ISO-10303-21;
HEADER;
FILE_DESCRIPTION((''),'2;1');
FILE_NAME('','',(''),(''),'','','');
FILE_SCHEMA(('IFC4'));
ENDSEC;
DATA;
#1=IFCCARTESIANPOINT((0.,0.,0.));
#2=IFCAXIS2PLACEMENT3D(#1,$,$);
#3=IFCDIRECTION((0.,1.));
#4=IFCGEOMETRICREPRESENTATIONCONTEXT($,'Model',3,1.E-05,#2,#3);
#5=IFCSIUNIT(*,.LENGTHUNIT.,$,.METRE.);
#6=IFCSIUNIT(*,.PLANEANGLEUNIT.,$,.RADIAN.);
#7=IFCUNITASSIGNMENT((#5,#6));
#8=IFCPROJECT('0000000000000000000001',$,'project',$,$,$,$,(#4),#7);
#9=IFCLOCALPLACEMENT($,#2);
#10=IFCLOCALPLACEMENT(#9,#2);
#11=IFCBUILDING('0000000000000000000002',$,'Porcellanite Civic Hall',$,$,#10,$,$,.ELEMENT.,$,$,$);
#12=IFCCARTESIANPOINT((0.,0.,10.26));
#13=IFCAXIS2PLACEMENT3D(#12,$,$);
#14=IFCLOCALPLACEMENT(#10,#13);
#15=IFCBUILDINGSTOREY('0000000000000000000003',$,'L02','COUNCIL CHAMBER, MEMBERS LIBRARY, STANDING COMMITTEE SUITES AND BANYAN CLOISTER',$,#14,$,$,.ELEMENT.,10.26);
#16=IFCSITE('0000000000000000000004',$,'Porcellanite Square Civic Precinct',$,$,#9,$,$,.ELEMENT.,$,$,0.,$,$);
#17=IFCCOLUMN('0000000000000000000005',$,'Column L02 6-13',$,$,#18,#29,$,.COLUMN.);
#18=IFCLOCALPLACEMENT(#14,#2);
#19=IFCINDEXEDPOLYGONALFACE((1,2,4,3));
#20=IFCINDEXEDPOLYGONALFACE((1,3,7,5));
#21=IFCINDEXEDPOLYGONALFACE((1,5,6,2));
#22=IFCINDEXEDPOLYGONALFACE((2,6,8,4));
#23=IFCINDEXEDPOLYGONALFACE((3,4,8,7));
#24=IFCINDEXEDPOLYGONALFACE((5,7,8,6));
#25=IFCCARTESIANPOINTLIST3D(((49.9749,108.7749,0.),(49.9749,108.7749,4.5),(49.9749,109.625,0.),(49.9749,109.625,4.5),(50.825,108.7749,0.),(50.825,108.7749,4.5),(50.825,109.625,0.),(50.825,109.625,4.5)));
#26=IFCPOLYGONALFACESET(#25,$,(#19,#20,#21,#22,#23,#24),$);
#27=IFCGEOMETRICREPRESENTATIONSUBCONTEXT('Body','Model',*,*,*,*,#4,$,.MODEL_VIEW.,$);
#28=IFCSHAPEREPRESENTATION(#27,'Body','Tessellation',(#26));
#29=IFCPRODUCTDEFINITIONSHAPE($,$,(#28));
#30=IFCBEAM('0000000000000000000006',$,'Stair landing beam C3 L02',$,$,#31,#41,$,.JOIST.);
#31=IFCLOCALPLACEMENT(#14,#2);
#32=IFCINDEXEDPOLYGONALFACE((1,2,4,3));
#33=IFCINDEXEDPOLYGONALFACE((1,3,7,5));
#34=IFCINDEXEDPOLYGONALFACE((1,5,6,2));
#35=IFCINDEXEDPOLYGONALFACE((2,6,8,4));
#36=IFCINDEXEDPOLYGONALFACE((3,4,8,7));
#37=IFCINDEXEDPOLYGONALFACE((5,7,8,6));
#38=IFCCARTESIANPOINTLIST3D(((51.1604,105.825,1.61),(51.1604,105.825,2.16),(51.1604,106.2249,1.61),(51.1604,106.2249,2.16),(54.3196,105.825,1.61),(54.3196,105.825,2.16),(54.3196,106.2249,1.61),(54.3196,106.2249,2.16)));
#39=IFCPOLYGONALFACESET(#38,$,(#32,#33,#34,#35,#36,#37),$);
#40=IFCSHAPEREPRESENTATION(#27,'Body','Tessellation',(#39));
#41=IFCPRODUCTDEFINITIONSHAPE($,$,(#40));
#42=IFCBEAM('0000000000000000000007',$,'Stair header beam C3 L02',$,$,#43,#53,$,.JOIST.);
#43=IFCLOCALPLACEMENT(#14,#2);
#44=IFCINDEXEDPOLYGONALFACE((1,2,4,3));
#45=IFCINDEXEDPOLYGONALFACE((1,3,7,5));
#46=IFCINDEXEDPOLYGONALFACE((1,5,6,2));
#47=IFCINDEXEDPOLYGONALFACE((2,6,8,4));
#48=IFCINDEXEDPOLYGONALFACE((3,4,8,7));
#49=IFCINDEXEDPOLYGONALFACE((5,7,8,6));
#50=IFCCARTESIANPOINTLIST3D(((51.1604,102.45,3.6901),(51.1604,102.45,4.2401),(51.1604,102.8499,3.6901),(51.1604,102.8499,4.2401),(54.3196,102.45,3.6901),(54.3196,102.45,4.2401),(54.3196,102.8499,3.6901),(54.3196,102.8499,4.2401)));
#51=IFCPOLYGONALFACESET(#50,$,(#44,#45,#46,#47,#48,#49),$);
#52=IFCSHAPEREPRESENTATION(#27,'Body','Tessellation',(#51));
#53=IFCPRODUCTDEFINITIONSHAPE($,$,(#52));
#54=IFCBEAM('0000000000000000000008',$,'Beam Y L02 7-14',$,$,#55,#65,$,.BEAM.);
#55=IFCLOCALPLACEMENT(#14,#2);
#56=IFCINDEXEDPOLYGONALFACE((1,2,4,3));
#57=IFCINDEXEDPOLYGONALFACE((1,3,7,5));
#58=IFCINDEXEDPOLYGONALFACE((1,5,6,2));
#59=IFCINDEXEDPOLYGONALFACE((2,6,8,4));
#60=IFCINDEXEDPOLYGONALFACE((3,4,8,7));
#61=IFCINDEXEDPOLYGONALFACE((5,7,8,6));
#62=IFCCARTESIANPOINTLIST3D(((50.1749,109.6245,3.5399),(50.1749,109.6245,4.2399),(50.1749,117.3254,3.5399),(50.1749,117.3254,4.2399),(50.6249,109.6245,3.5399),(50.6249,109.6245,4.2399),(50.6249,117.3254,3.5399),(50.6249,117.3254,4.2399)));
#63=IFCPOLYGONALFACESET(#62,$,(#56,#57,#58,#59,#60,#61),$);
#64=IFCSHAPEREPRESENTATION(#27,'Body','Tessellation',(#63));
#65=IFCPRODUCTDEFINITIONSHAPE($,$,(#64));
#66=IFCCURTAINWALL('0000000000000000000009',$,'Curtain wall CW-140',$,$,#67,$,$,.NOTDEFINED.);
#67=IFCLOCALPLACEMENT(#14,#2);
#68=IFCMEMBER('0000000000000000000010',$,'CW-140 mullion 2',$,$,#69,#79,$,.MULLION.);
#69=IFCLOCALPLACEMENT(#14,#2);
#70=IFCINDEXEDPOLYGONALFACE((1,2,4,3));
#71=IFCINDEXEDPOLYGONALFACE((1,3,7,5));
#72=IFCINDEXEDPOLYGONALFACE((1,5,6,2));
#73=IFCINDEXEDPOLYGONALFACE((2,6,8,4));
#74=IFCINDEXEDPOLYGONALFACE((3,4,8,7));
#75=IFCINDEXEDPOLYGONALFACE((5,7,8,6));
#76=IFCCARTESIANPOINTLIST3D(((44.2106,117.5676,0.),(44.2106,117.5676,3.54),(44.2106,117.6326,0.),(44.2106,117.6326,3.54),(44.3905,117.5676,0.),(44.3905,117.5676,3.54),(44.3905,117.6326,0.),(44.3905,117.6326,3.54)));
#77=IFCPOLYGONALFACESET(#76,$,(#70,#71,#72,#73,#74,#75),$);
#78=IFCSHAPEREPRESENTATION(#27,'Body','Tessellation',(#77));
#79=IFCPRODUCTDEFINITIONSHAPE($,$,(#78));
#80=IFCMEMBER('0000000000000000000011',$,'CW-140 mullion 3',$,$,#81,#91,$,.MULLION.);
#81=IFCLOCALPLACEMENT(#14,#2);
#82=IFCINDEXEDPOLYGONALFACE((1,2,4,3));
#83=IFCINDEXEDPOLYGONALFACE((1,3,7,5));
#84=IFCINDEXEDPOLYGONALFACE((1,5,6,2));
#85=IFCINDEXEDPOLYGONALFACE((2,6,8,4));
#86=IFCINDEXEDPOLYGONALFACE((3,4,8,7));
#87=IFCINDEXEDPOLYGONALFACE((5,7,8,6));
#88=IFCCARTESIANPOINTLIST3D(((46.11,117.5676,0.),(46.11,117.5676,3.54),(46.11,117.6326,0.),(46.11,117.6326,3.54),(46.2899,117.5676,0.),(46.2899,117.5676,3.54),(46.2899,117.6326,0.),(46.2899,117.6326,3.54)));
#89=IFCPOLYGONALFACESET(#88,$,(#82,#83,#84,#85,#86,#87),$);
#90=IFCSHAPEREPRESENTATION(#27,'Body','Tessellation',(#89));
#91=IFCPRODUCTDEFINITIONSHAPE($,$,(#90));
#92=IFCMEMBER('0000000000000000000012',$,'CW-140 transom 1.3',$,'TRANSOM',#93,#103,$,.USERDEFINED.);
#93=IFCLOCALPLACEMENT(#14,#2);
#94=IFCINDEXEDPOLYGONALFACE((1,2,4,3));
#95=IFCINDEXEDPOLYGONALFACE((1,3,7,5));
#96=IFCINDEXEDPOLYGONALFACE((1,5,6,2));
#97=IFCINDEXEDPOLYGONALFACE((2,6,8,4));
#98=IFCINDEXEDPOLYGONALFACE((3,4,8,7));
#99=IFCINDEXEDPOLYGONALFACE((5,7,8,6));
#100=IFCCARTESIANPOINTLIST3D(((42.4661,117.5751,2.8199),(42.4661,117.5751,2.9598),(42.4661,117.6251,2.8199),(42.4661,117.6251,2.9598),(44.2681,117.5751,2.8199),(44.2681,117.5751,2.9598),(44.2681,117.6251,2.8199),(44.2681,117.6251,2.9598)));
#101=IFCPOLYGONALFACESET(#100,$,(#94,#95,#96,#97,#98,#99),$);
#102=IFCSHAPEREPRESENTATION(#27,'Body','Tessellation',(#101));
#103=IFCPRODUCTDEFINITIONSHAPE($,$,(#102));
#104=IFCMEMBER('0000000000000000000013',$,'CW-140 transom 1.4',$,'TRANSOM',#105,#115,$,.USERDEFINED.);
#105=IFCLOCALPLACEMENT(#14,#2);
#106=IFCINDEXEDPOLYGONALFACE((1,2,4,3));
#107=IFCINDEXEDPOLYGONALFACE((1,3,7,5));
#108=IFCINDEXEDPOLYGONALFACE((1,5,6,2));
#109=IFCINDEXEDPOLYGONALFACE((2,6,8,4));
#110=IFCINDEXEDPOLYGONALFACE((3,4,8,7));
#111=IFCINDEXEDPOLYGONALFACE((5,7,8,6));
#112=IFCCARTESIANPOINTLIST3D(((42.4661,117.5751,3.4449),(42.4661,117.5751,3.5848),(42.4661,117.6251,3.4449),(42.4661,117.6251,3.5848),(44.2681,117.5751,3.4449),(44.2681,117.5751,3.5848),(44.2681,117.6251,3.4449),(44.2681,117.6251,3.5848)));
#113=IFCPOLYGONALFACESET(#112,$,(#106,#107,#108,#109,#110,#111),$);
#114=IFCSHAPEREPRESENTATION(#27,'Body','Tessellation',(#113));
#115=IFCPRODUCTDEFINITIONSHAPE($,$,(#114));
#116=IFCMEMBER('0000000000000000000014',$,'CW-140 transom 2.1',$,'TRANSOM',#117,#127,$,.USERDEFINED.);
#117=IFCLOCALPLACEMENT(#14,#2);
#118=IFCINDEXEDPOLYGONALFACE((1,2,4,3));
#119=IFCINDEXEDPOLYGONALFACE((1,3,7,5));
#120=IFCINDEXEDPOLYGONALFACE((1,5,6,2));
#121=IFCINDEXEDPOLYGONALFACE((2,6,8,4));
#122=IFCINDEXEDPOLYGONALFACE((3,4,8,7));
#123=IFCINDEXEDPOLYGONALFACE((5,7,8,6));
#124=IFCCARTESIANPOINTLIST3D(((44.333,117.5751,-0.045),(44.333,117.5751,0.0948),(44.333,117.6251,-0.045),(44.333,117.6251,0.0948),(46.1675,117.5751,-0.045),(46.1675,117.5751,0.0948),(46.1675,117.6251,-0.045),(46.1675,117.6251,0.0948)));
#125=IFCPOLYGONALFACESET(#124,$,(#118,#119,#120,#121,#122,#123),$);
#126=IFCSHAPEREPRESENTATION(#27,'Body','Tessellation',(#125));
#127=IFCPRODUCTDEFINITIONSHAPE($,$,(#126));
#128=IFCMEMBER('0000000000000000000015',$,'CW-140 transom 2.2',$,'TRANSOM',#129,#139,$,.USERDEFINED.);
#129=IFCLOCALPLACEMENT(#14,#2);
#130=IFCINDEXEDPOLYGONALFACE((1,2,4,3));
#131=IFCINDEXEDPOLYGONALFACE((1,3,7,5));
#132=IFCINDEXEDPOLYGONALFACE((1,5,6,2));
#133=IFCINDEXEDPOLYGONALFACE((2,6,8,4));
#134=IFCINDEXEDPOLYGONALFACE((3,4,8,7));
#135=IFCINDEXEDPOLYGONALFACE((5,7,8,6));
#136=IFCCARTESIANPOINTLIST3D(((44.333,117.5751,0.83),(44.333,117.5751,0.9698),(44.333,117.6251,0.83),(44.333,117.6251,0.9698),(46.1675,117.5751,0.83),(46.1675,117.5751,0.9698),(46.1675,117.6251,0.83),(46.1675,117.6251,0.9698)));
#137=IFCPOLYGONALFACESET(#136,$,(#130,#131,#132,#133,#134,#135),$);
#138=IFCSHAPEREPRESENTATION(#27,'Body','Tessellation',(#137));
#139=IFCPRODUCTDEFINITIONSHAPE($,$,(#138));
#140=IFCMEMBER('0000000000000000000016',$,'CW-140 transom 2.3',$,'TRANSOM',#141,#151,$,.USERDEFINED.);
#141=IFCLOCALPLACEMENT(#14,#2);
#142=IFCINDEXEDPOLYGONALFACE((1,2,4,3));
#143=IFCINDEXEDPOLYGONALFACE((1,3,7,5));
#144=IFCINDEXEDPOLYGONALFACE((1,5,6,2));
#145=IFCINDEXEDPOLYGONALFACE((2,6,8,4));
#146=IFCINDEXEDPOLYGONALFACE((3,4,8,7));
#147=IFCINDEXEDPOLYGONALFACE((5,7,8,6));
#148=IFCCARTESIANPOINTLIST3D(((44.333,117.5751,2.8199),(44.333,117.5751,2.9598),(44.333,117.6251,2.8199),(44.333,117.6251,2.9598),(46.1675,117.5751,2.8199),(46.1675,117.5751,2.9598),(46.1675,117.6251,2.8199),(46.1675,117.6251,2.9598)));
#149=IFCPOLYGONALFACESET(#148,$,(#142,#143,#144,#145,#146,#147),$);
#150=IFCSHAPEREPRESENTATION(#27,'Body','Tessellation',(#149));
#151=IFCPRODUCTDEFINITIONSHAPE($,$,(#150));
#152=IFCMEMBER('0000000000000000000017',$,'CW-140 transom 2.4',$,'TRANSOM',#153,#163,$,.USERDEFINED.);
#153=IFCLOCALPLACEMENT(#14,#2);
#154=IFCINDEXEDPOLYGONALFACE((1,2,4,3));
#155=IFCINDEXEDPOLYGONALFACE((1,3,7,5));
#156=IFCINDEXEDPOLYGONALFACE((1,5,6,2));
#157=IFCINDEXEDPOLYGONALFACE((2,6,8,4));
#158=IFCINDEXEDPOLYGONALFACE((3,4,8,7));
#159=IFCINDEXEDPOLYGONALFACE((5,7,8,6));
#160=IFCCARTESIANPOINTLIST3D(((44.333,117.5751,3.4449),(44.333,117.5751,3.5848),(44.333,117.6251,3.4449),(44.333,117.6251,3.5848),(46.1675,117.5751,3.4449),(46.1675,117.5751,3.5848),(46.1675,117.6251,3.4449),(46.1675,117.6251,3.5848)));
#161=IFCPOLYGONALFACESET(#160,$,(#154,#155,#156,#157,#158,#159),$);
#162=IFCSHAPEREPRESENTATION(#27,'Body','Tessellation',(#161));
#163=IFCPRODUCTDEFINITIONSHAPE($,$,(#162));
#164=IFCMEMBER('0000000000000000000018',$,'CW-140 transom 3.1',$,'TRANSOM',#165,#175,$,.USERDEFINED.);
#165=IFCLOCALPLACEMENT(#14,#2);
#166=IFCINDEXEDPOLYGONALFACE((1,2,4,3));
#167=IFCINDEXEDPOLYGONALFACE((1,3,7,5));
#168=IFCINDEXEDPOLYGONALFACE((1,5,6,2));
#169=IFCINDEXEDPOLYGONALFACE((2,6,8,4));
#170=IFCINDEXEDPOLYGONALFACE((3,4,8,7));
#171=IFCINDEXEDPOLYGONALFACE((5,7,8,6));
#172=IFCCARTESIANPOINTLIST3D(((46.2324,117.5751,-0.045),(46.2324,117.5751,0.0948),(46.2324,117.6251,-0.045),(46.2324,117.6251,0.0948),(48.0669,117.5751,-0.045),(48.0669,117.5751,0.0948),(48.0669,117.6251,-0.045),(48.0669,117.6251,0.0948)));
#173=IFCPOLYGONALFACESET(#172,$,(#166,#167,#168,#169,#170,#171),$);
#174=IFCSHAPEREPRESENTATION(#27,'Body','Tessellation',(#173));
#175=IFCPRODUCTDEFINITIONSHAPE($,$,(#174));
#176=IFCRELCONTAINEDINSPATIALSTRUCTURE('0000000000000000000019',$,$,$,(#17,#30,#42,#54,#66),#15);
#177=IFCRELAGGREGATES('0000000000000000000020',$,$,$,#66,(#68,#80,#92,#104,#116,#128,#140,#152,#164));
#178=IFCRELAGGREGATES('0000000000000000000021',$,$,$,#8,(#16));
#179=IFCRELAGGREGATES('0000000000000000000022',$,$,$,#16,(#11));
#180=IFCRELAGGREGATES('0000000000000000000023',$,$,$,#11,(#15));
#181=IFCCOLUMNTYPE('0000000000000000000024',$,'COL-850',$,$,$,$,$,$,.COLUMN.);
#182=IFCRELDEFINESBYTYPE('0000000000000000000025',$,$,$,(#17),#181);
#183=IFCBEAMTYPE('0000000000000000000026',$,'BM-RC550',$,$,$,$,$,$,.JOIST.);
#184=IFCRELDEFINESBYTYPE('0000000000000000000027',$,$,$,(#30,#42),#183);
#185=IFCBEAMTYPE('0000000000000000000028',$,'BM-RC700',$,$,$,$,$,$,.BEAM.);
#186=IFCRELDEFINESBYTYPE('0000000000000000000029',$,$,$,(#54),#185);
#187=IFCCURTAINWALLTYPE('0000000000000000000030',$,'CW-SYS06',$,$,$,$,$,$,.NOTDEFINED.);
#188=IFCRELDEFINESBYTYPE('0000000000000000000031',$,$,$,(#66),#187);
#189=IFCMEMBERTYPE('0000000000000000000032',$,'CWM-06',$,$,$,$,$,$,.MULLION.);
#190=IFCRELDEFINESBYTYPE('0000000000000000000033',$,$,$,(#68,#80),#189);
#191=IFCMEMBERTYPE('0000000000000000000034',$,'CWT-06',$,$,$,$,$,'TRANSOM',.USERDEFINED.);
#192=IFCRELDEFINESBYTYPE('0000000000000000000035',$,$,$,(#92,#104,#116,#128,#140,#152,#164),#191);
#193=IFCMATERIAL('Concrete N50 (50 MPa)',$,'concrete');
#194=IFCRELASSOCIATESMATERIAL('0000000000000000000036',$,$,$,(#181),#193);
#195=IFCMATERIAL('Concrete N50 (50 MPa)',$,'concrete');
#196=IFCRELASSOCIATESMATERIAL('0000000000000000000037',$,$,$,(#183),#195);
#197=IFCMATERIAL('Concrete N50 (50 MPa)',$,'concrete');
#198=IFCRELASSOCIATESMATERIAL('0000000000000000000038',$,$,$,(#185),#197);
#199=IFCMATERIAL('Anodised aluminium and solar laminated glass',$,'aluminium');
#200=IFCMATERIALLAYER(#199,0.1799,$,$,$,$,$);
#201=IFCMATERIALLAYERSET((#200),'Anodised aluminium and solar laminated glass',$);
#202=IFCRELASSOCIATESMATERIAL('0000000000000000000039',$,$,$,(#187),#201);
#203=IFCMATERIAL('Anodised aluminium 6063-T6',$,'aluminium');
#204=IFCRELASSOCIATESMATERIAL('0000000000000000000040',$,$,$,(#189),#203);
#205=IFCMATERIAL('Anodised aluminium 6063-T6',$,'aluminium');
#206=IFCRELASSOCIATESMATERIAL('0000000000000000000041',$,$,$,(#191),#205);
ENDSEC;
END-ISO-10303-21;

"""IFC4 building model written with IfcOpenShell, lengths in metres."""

from ifc_helpers import new_model, si_unit, direction, frame, origin, origin_2d, place, context, subcontext, project, spatial, rectangle, extrude, material, layer, layer_set, material_profile, profile_set, type_object, element, aggregate, save


model = new_model("IFC4")

# Units and contexts
model_context = context("Model", 3, precision=1e-05, world=origin(), true_north=direction((0.0, 1.0)))
body_context = subcontext(model_context, "Body", "Model", "MODEL_VIEW")
ifc_project = project(units=[si_unit("LENGTHUNIT", "METRE"), si_unit("PLANEANGLEUNIT", "RADIAN")], contexts=[model_context])

# Site, building, storey
site_placement = place(None, origin())
site = spatial("IfcSite", under=ifc_project, at=site_placement, Name="Porcellanite Square Civic Precinct", CompositionType="ELEMENT", RefElevation=0.0)
building_placement = place(site_placement, origin())
building = spatial("IfcBuilding", under=site, at=building_placement, Name="Porcellanite Civic Hall", CompositionType="ELEMENT")
storey_placement = place(building_placement, frame((0.0, 0.0, 10.26)))
storey = spatial("IfcBuildingStorey", under=building, at=storey_placement, Name="L02", Description="COUNCIL CHAMBER, MEMBERS LIBRARY, STANDING COMMITTEE SUITES AND BANYAN CLOISTER", CompositionType="ELEMENT", Elevation=10.26)

# Column
ifc_material_1 = material(Name="Concrete N50 (50 MPa)", Category="concrete")
ifc_material_profile_1 = material_profile(ifc_material_1, rectangle(XDim=0.8501, YDim=0.8501, at=origin_2d()), Name="RC-850x850")
ifc_profile_set_1 = profile_set([ifc_material_profile_1], Name="Concrete N50 (50 MPa)")
column_type = type_object("IfcColumnType", Name="COL-850", PredefinedType="COLUMN", material=ifc_profile_set_1)
column_placement = place(storey_placement, frame((50.3999, 109.2, 0.0), z_axis=(0.0, 0.0, 1.0), x_axis=(1.0, 0.0, 0.0)))
element("IfcColumn", 1, at=column_placement, inside=storey, type_object=column_type, Name="Column L02 6-13", PredefinedType="COLUMN", context=body_context, shape_type="SweptSolid", body=[
    extrude(rectangle(XDim=0.8501, YDim=0.8501, at=origin_2d()), origin(), (0.0, 0.0, 1.0), 4.5),
])

# Beams
ifc_material_2 = material(Name="Concrete N50 (50 MPa)", Category="concrete")
ifc_material_profile_2 = material_profile(ifc_material_2, rectangle(XDim=0.3999, YDim=0.55, at=origin_2d()), Name="RC-400x550")
ifc_profile_set_2 = profile_set([ifc_material_profile_2], Name="Concrete N50 (50 MPa)")
beam_type_1 = type_object("IfcBeamType", Name="BM-RC550", PredefinedType="JOIST", material=ifc_profile_set_2)
for number, where, z_axis, x_axis, name in (
    (2, (51.1604, 106.0249, 1.885), (1.0, 0.0, 0.0), (0.0, 1.0, 0.0), "Stair landing beam C3 L02"),
    (3, (51.1604, 102.6499, 3.9651), (1.0, 0.0, 0.0), (0.0, 1.0, 0.0), "Stair header beam C3 L02"),
):
    element("IfcBeam", number, at=place(storey_placement, frame(where, z_axis=z_axis, x_axis=x_axis)), inside=storey, type_object=beam_type_1, Name=name, PredefinedType="JOIST", context=body_context, shape_type="SweptSolid", body=[
        extrude(rectangle(XDim=0.3999, YDim=0.55, at=origin_2d()), origin(), (0.0, 0.0, 1.0), 3.1592),
    ])
ifc_material_3 = material(Name="Concrete N50 (50 MPa)", Category="concrete")
ifc_material_profile_3 = material_profile(ifc_material_3, rectangle(XDim=0.45, YDim=0.7, at=origin_2d()), Name="RC-450x700")
ifc_profile_set_3 = profile_set([ifc_material_profile_3], Name="Concrete N50 (50 MPa)")
beam_type_2 = type_object("IfcBeamType", Name="BM-RC700", PredefinedType="BEAM", material=ifc_profile_set_3)
beam_1_placement = place(storey_placement, frame((50.3999, 109.6245, 3.8899), z_axis=(0.0, 1.0, 0.0), x_axis=(-1.0, 0.0, 0.0)))
element("IfcBeam", 4, at=beam_1_placement, inside=storey, type_object=beam_type_2, Name="Beam Y L02 7-14", PredefinedType="BEAM", context=body_context, shape_type="SweptSolid", body=[
    extrude(rectangle(XDim=0.45, YDim=0.7, at=origin_2d()), origin(), (0.0, 0.0, 1.0), 7.7009),
])

# Curtain wall, members
ifc_material_4 = material(Name="Anodised aluminium and solar laminated glass", Category="aluminium")
ifc_layer_1 = layer(ifc_material_4, 0.1799)
ifc_layer_set_1 = layer_set([ifc_layer_1], Name="Anodised aluminium and solar laminated glass")
curtain_wall_type = type_object("IfcCurtainWallType", Name="CW-SYS06", PredefinedType="NOTDEFINED", material=ifc_layer_set_1)
curtain_wall_placement = place(storey_placement, origin())
curtain_wall = element("IfcCurtainWall", 5, at=curtain_wall_placement, inside=storey, type_object=curtain_wall_type, Name="Curtain wall CW-140", PredefinedType="NOTDEFINED")
ifc_material_5 = material(Name="Anodised aluminium 6063-T6", Category="aluminium")
ifc_material_profile_4 = material_profile(ifc_material_5, rectangle(XDim=0.0649, YDim=0.1799, at=origin_2d()), Name="AL-65x180")
ifc_profile_set_4 = profile_set([ifc_material_profile_4], Name="Anodised aluminium 6063-T6")
member_type_1 = type_object("IfcMemberType", Name="CWM-06", PredefinedType="MULLION", material=ifc_profile_set_4)
member_1_placement = place(storey_placement, frame((44.3005, 117.6001, 0.0), z_axis=(0.0, 0.0, 1.0), x_axis=(0.0, 1.0, 0.0)))
member_1 = element("IfcMember", 6, at=member_1_placement, type_object=member_type_1, Name="CW-140 mullion 2", PredefinedType="MULLION", context=body_context, shape_type="SweptSolid", body=[
    extrude(rectangle(XDim=0.0649, YDim=0.1799, at=origin_2d()), origin(), (0.0, 0.0, 1.0), 3.54),
])
member_2_placement = place(storey_placement, frame((46.2, 117.6001, 0.0), z_axis=(0.0, 0.0, 1.0), x_axis=(0.0, 1.0, 0.0)))
member_2 = element("IfcMember", 7, at=member_2_placement, type_object=member_type_1, Name="CW-140 mullion 3", PredefinedType="MULLION", context=body_context, shape_type="SweptSolid", body=[
    extrude(rectangle(XDim=0.0649, YDim=0.1799, at=origin_2d()), origin(), (0.0, 0.0, 1.0), 3.54),
])
ifc_material_6 = material(Name="Anodised aluminium 6063-T6", Category="aluminium")
ifc_material_profile_5 = material_profile(ifc_material_6, rectangle(XDim=0.05, YDim=0.1399, at=origin_2d()), Name="AL-50x140")
ifc_profile_set_5 = profile_set([ifc_material_profile_5], Name="Anodised aluminium 6063-T6")
member_type_2 = type_object("IfcMemberType", Name="CWT-06", ElementType="TRANSOM", PredefinedType="USERDEFINED", material=ifc_profile_set_5)
member_3_placement = place(storey_placement, frame((42.4661, 117.6001, 2.8899), z_axis=(1.0, 0.0, 0.0), x_axis=(0.0, 1.0, 0.0)))
member_3 = element("IfcMember", 8, at=member_3_placement, type_object=member_type_2, Name="CW-140 transom 1.3", ObjectType="TRANSOM", PredefinedType="USERDEFINED", context=body_context, shape_type="SweptSolid", body=[
    extrude(rectangle(XDim=0.05, YDim=0.1399, at=origin_2d()), origin(), (0.0, 0.0, 1.0), 1.802),
])
member_4_placement = place(storey_placement, frame((42.4661, 117.6001, 3.5149), z_axis=(1.0, 0.0, 0.0), x_axis=(0.0, 1.0, 0.0)))
member_4 = element("IfcMember", 9, at=member_4_placement, type_object=member_type_2, Name="CW-140 transom 1.4", ObjectType="TRANSOM", PredefinedType="USERDEFINED", context=body_context, shape_type="SweptSolid", body=[
    extrude(rectangle(XDim=0.05, YDim=0.1399, at=origin_2d()), origin(), (0.0, 0.0, 1.0), 1.802),
])
member_5_placement = place(storey_placement, frame((44.333, 117.6001, 0.0249), z_axis=(1.0, 0.0, 0.0), x_axis=(0.0, 1.0, 0.0)))
member_5 = element("IfcMember", 10, at=member_5_placement, type_object=member_type_2, Name="CW-140 transom 2.1", ObjectType="TRANSOM", PredefinedType="USERDEFINED", context=body_context, shape_type="SweptSolid", body=[
    extrude(rectangle(XDim=0.05, YDim=0.1399, at=origin_2d()), origin(), (0.0, 0.0, 1.0), 1.8345),
])
member_6_placement = place(storey_placement, frame((44.333, 117.6001, 0.8999), z_axis=(1.0, 0.0, 0.0), x_axis=(0.0, 1.0, 0.0)))
member_6 = element("IfcMember", 11, at=member_6_placement, type_object=member_type_2, Name="CW-140 transom 2.2", ObjectType="TRANSOM", PredefinedType="USERDEFINED", context=body_context, shape_type="SweptSolid", body=[
    extrude(rectangle(XDim=0.05, YDim=0.1399, at=origin_2d()), origin(), (0.0, 0.0, 1.0), 1.8345),
])
member_7_placement = place(storey_placement, frame((44.333, 117.6001, 2.8899), z_axis=(1.0, 0.0, 0.0), x_axis=(0.0, 1.0, 0.0)))
member_7 = element("IfcMember", 12, at=member_7_placement, type_object=member_type_2, Name="CW-140 transom 2.3", ObjectType="TRANSOM", PredefinedType="USERDEFINED", context=body_context, shape_type="SweptSolid", body=[
    extrude(rectangle(XDim=0.05, YDim=0.1399, at=origin_2d()), origin(), (0.0, 0.0, 1.0), 1.8345),
])
member_8_placement = place(storey_placement, frame((44.333, 117.6001, 3.5149), z_axis=(1.0, 0.0, 0.0), x_axis=(0.0, 1.0, 0.0)))
member_8 = element("IfcMember", 13, at=member_8_placement, type_object=member_type_2, Name="CW-140 transom 2.4", ObjectType="TRANSOM", PredefinedType="USERDEFINED", context=body_context, shape_type="SweptSolid", body=[
    extrude(rectangle(XDim=0.05, YDim=0.1399, at=origin_2d()), origin(), (0.0, 0.0, 1.0), 1.8345),
])
member_9_placement = place(storey_placement, frame((46.2324, 117.6001, 0.0249), z_axis=(1.0, 0.0, 0.0), x_axis=(0.0, 1.0, 0.0)))
member_9 = element("IfcMember", 14, at=member_9_placement, type_object=member_type_2, Name="CW-140 transom 3.1", ObjectType="TRANSOM", PredefinedType="USERDEFINED", context=body_context, shape_type="SweptSolid", body=[
    extrude(rectangle(XDim=0.05, YDim=0.1399, at=origin_2d()), origin(), (0.0, 0.0, 1.0), 1.8345),
])

aggregate(curtain_wall, [member_1, member_2, member_3, member_4, member_5, member_6, member_7, member_8, member_9])

save(model, "model.ifc")
